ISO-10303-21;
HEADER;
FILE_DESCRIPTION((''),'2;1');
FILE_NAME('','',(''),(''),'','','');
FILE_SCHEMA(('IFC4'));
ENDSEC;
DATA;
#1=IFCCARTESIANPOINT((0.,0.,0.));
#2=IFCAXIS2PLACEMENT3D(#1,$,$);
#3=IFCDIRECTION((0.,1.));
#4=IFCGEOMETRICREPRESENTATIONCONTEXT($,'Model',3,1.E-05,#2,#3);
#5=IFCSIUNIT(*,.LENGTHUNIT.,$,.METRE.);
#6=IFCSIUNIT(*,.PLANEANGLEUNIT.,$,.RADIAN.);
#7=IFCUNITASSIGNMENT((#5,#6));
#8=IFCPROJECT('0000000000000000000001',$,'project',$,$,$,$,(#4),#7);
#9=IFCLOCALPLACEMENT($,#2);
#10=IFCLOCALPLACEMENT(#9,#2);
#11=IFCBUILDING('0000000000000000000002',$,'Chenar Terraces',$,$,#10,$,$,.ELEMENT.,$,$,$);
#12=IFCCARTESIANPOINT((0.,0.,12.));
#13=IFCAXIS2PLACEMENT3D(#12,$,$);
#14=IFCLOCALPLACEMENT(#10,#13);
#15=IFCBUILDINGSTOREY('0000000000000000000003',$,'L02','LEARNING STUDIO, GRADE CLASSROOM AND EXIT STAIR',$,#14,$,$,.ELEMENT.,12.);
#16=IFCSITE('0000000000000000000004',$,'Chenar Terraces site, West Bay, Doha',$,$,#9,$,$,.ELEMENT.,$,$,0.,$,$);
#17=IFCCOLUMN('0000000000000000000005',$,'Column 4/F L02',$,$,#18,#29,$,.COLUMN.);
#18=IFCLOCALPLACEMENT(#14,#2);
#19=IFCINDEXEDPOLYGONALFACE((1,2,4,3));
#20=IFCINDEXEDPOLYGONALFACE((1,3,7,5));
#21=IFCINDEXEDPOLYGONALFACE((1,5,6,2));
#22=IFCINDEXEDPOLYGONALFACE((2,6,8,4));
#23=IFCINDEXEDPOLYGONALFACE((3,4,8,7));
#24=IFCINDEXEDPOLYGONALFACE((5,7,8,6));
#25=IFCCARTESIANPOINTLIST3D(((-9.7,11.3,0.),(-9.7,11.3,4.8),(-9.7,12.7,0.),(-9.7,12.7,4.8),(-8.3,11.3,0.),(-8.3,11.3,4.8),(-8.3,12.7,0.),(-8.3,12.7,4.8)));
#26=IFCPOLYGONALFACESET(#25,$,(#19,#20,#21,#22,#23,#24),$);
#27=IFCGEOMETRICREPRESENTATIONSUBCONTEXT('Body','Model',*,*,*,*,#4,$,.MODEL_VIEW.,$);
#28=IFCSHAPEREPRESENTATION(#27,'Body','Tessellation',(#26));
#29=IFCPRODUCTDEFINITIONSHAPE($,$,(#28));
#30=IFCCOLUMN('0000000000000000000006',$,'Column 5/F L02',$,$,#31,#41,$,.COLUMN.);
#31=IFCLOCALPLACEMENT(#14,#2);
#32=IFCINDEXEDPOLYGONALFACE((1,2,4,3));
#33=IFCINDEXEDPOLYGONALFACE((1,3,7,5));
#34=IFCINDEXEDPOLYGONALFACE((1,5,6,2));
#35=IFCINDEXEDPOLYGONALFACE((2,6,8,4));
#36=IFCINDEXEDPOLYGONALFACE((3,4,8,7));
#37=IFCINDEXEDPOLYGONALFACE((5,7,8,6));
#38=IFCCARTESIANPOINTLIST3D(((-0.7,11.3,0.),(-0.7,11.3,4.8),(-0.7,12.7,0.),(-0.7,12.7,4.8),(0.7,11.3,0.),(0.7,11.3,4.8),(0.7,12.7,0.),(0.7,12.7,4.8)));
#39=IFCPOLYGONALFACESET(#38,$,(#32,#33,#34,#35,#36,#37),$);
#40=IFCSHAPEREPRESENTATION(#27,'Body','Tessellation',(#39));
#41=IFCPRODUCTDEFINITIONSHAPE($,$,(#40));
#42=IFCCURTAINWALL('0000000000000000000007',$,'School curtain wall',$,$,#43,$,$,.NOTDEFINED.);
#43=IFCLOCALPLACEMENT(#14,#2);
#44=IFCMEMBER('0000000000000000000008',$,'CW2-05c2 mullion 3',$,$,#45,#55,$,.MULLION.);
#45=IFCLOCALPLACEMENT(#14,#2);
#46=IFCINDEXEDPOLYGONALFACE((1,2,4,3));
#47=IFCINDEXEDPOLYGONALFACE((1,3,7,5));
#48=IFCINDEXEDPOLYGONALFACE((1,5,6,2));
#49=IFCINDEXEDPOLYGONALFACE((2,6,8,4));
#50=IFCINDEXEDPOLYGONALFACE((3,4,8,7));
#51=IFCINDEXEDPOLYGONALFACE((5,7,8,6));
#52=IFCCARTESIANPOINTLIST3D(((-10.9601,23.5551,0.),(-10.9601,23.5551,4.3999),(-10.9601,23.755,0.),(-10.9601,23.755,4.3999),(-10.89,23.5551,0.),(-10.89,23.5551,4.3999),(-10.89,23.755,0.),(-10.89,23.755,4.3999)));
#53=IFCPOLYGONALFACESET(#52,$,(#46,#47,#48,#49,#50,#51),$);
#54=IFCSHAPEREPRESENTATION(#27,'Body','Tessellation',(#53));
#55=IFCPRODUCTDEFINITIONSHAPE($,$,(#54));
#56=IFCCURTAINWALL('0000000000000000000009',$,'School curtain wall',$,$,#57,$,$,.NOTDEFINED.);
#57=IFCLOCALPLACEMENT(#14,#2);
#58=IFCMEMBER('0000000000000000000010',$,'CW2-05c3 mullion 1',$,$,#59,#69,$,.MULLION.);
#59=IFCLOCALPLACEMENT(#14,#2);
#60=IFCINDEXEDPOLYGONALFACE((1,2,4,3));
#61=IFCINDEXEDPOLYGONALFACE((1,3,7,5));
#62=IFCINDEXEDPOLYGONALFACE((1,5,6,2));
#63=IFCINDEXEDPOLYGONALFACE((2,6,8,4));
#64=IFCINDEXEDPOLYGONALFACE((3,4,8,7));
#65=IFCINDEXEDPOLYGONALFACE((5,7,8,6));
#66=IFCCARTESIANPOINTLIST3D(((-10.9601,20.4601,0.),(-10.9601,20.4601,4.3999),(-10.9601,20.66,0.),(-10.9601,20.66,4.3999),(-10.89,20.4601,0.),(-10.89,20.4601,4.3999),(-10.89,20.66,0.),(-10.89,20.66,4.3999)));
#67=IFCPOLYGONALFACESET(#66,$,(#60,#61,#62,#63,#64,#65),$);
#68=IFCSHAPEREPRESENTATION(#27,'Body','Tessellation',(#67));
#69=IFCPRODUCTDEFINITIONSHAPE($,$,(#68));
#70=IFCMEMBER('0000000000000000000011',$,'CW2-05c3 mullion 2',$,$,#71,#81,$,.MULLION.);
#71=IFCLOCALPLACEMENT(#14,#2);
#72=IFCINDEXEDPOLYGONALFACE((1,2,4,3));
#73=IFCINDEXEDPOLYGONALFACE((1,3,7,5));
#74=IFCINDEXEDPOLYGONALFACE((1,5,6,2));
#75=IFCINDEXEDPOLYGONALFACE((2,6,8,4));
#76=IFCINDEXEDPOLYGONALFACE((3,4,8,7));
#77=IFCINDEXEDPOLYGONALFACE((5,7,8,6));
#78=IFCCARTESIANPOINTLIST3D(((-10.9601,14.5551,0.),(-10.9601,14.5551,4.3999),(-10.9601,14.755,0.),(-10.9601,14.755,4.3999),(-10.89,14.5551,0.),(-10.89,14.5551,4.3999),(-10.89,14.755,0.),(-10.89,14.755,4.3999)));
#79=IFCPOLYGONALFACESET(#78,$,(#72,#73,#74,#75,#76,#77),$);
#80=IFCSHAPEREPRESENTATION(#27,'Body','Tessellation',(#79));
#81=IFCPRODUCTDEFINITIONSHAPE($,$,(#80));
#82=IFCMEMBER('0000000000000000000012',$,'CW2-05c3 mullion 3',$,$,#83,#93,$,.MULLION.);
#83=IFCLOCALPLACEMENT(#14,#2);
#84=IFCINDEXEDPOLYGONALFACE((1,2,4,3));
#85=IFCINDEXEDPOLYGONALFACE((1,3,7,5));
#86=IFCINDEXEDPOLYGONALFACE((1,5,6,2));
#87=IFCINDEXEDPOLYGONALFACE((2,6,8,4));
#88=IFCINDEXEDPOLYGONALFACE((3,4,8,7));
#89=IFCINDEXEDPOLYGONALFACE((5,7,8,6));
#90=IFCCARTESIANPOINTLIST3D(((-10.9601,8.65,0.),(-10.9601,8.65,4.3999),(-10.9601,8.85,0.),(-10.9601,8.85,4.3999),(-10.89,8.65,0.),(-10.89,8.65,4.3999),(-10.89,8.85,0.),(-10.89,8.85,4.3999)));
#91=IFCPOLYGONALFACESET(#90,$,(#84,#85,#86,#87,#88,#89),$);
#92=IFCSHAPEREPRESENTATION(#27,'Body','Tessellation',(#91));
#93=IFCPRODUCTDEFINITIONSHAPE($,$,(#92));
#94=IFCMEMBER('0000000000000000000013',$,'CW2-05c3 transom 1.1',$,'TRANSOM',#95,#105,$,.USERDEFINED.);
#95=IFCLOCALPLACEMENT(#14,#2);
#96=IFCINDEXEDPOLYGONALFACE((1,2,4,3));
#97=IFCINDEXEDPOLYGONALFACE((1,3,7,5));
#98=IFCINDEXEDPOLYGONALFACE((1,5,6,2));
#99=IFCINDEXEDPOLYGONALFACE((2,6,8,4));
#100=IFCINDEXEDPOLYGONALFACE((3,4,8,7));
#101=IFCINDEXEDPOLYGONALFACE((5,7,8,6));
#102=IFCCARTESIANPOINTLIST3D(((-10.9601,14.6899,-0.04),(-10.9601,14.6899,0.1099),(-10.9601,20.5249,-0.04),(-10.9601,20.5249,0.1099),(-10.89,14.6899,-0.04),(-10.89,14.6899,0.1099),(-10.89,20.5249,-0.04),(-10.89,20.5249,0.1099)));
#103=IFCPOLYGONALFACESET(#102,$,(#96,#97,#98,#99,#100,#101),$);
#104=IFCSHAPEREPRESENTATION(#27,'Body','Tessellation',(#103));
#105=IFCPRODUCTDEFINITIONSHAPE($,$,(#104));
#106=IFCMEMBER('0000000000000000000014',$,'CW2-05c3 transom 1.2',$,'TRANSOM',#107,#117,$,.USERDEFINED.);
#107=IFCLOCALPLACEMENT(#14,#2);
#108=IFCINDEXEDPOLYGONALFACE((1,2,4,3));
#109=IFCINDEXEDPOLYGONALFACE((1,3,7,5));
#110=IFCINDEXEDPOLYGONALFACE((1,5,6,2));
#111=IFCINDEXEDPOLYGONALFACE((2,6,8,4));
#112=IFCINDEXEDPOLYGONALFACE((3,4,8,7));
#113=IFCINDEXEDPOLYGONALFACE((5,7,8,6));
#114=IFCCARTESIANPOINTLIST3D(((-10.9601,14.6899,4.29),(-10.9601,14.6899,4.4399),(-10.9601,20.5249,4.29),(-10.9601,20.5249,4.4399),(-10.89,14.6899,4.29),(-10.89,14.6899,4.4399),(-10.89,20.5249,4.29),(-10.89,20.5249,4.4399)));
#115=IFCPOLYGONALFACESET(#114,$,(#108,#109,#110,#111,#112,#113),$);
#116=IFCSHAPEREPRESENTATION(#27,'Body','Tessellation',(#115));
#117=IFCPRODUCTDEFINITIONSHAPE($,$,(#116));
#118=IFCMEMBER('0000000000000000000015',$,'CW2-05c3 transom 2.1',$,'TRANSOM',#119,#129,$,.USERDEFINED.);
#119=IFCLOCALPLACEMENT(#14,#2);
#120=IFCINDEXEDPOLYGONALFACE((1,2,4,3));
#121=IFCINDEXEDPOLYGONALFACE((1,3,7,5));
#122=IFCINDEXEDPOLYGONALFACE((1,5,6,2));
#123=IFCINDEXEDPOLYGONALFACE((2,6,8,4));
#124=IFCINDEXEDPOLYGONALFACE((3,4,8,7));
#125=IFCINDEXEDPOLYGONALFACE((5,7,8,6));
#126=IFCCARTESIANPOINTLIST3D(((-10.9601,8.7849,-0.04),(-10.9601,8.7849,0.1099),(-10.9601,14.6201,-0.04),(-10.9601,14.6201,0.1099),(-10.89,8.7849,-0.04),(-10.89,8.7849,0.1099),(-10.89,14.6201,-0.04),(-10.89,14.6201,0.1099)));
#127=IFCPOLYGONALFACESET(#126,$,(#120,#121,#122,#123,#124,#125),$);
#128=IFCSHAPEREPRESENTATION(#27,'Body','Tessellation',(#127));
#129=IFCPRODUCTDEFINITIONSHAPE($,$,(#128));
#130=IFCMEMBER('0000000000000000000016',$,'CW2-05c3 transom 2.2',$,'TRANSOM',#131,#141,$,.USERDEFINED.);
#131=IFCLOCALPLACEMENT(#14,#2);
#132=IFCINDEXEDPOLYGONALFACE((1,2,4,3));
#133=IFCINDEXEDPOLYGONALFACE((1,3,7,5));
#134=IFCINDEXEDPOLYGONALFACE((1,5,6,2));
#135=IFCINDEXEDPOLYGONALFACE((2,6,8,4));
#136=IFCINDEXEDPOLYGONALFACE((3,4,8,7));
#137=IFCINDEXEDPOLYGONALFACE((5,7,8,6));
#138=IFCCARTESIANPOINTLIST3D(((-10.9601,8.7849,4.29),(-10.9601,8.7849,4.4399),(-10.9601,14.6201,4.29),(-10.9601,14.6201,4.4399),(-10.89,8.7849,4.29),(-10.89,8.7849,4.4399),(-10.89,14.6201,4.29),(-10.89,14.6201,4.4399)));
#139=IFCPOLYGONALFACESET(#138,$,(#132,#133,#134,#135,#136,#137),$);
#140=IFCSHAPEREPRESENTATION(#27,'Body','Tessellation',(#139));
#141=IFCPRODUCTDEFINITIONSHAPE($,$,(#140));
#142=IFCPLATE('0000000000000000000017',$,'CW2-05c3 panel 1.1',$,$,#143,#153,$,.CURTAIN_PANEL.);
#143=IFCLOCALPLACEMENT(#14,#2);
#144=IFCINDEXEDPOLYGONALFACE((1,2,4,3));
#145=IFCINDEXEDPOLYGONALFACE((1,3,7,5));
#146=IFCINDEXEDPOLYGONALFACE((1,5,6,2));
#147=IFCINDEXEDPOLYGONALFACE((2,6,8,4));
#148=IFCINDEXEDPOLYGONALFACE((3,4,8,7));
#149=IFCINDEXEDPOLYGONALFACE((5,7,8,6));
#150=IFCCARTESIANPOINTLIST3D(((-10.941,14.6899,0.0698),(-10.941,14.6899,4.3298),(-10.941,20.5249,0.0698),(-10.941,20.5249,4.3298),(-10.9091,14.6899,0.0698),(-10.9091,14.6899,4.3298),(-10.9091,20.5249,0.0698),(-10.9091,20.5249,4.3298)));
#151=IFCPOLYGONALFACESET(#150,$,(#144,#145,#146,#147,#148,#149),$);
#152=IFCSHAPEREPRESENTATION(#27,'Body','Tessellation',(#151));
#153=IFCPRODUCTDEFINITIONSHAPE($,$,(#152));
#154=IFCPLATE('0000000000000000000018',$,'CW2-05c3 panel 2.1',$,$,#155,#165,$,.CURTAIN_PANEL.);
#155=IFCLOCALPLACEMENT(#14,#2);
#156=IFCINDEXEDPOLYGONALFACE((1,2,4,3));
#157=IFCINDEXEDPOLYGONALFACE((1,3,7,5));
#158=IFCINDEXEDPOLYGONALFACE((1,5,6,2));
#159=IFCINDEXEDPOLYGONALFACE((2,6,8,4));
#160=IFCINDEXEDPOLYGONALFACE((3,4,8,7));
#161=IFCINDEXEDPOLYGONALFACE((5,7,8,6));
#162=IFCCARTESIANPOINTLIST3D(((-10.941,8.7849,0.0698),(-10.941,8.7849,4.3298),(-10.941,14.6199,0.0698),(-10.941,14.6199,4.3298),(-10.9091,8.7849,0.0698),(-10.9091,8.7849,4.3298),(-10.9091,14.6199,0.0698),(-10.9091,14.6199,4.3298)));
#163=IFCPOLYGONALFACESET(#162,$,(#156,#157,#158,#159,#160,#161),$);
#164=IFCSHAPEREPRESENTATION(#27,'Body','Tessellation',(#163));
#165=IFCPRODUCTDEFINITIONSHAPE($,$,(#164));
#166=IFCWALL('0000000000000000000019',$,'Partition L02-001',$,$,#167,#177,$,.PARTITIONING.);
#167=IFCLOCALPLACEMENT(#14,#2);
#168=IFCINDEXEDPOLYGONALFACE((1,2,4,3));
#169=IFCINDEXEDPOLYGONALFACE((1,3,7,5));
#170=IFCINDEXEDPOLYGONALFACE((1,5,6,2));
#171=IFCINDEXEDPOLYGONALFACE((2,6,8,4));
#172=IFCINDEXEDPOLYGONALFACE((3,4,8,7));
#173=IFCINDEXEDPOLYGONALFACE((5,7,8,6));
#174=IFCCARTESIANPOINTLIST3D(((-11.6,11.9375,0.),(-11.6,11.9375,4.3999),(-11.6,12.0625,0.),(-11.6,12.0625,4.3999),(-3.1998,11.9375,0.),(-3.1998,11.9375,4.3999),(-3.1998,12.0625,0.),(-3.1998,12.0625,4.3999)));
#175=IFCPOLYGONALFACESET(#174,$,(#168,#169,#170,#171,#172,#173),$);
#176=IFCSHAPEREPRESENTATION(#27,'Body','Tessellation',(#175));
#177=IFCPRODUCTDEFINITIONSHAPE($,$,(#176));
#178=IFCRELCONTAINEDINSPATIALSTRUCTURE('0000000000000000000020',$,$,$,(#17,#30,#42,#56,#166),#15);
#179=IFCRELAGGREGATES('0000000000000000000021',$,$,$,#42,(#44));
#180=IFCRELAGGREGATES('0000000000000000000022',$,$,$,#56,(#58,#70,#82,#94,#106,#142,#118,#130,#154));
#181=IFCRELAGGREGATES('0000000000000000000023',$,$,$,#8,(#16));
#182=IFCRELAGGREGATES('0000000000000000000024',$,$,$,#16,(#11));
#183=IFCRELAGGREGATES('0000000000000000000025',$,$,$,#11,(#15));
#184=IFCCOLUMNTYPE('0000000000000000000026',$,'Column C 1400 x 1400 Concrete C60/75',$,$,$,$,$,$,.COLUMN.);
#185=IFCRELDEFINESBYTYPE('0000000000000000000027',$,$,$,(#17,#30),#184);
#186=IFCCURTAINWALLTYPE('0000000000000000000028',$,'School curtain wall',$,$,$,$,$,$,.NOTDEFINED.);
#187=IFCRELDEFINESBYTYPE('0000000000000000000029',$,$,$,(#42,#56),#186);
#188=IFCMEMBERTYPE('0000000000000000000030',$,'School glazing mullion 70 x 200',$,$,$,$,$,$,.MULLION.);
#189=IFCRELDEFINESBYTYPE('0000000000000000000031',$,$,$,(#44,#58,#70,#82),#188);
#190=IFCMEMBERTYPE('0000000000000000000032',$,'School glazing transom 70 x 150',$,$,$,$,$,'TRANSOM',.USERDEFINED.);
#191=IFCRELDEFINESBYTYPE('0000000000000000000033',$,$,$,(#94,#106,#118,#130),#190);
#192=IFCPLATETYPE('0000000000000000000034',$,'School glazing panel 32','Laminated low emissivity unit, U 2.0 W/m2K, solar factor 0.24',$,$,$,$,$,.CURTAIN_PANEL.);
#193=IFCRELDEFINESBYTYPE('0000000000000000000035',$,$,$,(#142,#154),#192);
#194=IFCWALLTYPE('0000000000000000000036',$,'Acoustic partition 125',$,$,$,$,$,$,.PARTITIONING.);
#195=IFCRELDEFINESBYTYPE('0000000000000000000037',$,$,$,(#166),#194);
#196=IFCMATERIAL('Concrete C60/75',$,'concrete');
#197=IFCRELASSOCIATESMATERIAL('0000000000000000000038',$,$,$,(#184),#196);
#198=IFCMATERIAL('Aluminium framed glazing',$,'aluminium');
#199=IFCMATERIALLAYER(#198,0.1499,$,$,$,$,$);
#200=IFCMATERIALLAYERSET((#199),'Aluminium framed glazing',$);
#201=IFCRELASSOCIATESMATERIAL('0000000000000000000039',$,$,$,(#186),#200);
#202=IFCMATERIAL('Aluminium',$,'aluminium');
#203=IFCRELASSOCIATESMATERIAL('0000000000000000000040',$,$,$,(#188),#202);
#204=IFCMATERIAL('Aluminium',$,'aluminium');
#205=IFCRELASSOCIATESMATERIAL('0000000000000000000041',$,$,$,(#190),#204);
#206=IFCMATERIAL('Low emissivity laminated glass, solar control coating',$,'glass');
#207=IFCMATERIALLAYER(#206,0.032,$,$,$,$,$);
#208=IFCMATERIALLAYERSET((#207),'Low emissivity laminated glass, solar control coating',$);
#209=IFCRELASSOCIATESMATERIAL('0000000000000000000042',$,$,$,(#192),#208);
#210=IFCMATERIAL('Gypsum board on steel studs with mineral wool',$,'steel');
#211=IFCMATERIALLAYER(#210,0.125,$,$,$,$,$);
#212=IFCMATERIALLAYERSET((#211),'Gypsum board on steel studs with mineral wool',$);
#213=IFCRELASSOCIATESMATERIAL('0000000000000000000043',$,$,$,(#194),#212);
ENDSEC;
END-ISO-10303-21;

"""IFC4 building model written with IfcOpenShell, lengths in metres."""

from ifc_helpers import new_model, si_unit, direction, frame, frame_2d, origin, origin_2d, place, context, subcontext, project, spatial, rectangle, extrude, material, layer, layer_set, material_profile, profile_set, type_object, element, aggregate, save


model = new_model("IFC4")

# Units and contexts
model_context = context("Model", 3, precision=1e-05, world=origin(), true_north=direction((0.0, 1.0)))
body_context = subcontext(model_context, "Body", "Model", "MODEL_VIEW")
ifc_project = project(units=[si_unit("LENGTHUNIT", "METRE"), si_unit("PLANEANGLEUNIT", "RADIAN")], contexts=[model_context])

# Site, building, storey
site_placement = place(None, origin())
site = spatial("IfcSite", under=ifc_project, at=site_placement, Name="Chenar Terraces site, West Bay, Doha", CompositionType="ELEMENT", RefElevation=0.0)
building_placement = place(site_placement, origin())
building = spatial("IfcBuilding", under=site, at=building_placement, Name="Chenar Terraces", CompositionType="ELEMENT")
storey_placement = place(building_placement, frame((0.0, 0.0, 12.0)))
storey = spatial("IfcBuildingStorey", under=building, at=storey_placement, Name="L02", Description="LEARNING STUDIO, GRADE CLASSROOM AND EXIT STAIR", CompositionType="ELEMENT", Elevation=12.0)

# Columns
ifc_material_1 = material(Name="Concrete C60/75", Category="concrete")
ifc_material_profile_1 = material_profile(ifc_material_1, rectangle(XDim=1.3999, YDim=1.3999, at=origin_2d()), Name="C 1400 x 1400")
ifc_profile_set_1 = profile_set([ifc_material_profile_1], Name="Concrete C60/75")
column_type = type_object("IfcColumnType", Name="Column C 1400 x 1400 Concrete C60/75", PredefinedType="COLUMN", material=ifc_profile_set_1)
for number, where, z_axis, x_axis, name in (
    (1, (-9.0, 12.0, 0.0), (0.0, 0.0, 1.0), (1.0, 0.0, 0.0), "Column 4/F L02"),
    (2, (0.0, 12.0, 0.0), (0.0, 0.0, 1.0), (1.0, 0.0, 0.0), "Column 5/F L02"),
):
    element("IfcColumn", number, at=place(storey_placement, frame(where, z_axis=z_axis, x_axis=x_axis)), inside=storey, type_object=column_type, Name=name, PredefinedType="COLUMN", context=body_context, shape_type="SweptSolid", body=[
        extrude(rectangle(XDim=1.3999, YDim=1.3999, at=origin_2d()), origin(), (0.0, 0.0, 1.0), 4.8),
    ])

# Curtain wall, member
ifc_material_2 = material(Name="Aluminium framed glazing", Category="aluminium")
ifc_layer_1 = layer(ifc_material_2, 0.1499)
ifc_layer_set_1 = layer_set([ifc_layer_1], Name="Aluminium framed glazing")
curtain_wall_type = type_object("IfcCurtainWallType", Name="School curtain wall", PredefinedType="NOTDEFINED", material=ifc_layer_set_1)
placement = place(storey_placement, origin())
curtain_wall_1 = element("IfcCurtainWall", 3, at=placement, inside=storey, type_object=curtain_wall_type, Name="School curtain wall", PredefinedType="NOTDEFINED")
ifc_material_3 = material(Name="Aluminium", Category="aluminium")
ifc_material_profile_2 = material_profile(ifc_material_3, rectangle(XDim=0.0701, YDim=0.2, at=origin_2d()), Name="School glazing mullion 70 x 200")
ifc_profile_set_2 = profile_set([ifc_material_profile_2], Name="Aluminium")
member_type_1 = type_object("IfcMemberType", Name="School glazing mullion 70 x 200", PredefinedType="MULLION", material=ifc_profile_set_2)
member_1_placement = place(storey_placement, frame((-10.925, 23.655, 0.0), z_axis=(0.0, 0.0, 1.0), x_axis=(1.0, 0.0, 0.0)))
member_1 = element("IfcMember", 4, at=member_1_placement, type_object=member_type_1, Name="CW2-05c2 mullion 3", PredefinedType="MULLION", context=body_context, shape_type="SweptSolid", body=[
    extrude(rectangle(XDim=0.0701, YDim=0.2, at=origin_2d()), origin(), (0.0, 0.0, 1.0), 4.3999),
])
aggregate(curtain_wall_1, [member_1])

# Curtain wall, members, plates
curtain_wall_2 = element("IfcCurtainWall", 5, at=placement, inside=storey, type_object=curtain_wall_type, Name="School curtain wall", PredefinedType="NOTDEFINED")
member_2_placement = place(storey_placement, frame((-10.925, 20.5601, 0.0), z_axis=(0.0, 0.0, 1.0), x_axis=(1.0, 0.0, 0.0)))
member_2 = element("IfcMember", 6, at=member_2_placement, type_object=member_type_1, Name="CW2-05c3 mullion 1", PredefinedType="MULLION", context=body_context, shape_type="SweptSolid", body=[
    extrude(rectangle(XDim=0.0701, YDim=0.2, at=origin_2d()), origin(), (0.0, 0.0, 1.0), 4.3999),
])
member_3_placement = place(storey_placement, frame((-10.925, 14.655, 0.0), z_axis=(0.0, 0.0, 1.0), x_axis=(1.0, 0.0, 0.0)))
member_3 = element("IfcMember", 7, at=member_3_placement, type_object=member_type_1, Name="CW2-05c3 mullion 2", PredefinedType="MULLION", context=body_context, shape_type="SweptSolid", body=[
    extrude(rectangle(XDim=0.0701, YDim=0.2, at=origin_2d()), origin(), (0.0, 0.0, 1.0), 4.3999),
])
member_4_placement = place(storey_placement, frame((-10.925, 8.75, 0.0), z_axis=(0.0, 0.0, 1.0), x_axis=(1.0, 0.0, 0.0)))
member_4 = element("IfcMember", 8, at=member_4_placement, type_object=member_type_1, Name="CW2-05c3 mullion 3", PredefinedType="MULLION", context=body_context, shape_type="SweptSolid", body=[
    extrude(rectangle(XDim=0.0701, YDim=0.2, at=origin_2d()), origin(), (0.0, 0.0, 1.0), 4.3999),
])
ifc_material_4 = material(Name="Aluminium", Category="aluminium")
ifc_material_profile_3 = material_profile(ifc_material_4, rectangle(XDim=0.0701, YDim=0.1499, at=origin_2d()), Name="School glazing transom 70 x 150")
ifc_profile_set_3 = profile_set([ifc_material_profile_3], Name="Aluminium")
member_type_2 = type_object("IfcMemberType", Name="School glazing transom 70 x 150", ElementType="TRANSOM", PredefinedType="USERDEFINED", material=ifc_profile_set_3)
member_5_placement = place(storey_placement, frame((-10.925, 20.5249, 0.0349), z_axis=(0.0, -1.0, 0.0), x_axis=(1.0, 0.0, 0.0)))
member_5 = element("IfcMember", 9, at=member_5_placement, type_object=member_type_2, Name="CW2-05c3 transom 1.1", ObjectType="TRANSOM", PredefinedType="USERDEFINED", context=body_context, shape_type="SweptSolid", body=[
    extrude(rectangle(XDim=0.0701, YDim=0.1499, at=origin_2d()), origin(), (0.0, 0.0, 1.0), 5.835),
])
member_6_placement = place(storey_placement, frame((-10.925, 20.5249, 4.365), z_axis=(0.0, -1.0, 0.0), x_axis=(1.0, 0.0, 0.0)))
member_6 = element("IfcMember", 10, at=member_6_placement, type_object=member_type_2, Name="CW2-05c3 transom 1.2", ObjectType="TRANSOM", PredefinedType="USERDEFINED", context=body_context, shape_type="SweptSolid", body=[
    extrude(rectangle(XDim=0.0701, YDim=0.1499, at=origin_2d()), origin(), (0.0, 0.0, 1.0), 5.835),
])
member_7_placement = place(storey_placement, frame((-10.925, 14.6201, 0.0349), z_axis=(0.0, -1.0, 0.0), x_axis=(1.0, 0.0, 0.0)))
member_7 = element("IfcMember", 11, at=member_7_placement, type_object=member_type_2, Name="CW2-05c3 transom 2.1", ObjectType="TRANSOM", PredefinedType="USERDEFINED", context=body_context, shape_type="SweptSolid", body=[
    extrude(rectangle(XDim=0.0701, YDim=0.1499, at=origin_2d()), origin(), (0.0, 0.0, 1.0), 5.8352),
])
member_8_placement = place(storey_placement, frame((-10.925, 14.6201, 4.365), z_axis=(0.0, -1.0, 0.0), x_axis=(1.0, 0.0, 0.0)))
member_8 = element("IfcMember", 12, at=member_8_placement, type_object=member_type_2, Name="CW2-05c3 transom 2.2", ObjectType="TRANSOM", PredefinedType="USERDEFINED", context=body_context, shape_type="SweptSolid", body=[
    extrude(rectangle(XDim=0.0701, YDim=0.1499, at=origin_2d()), origin(), (0.0, 0.0, 1.0), 5.8352),
])
ifc_material_5 = material(Name="Low emissivity laminated glass, solar control coating", Category="glass")
ifc_layer_2 = layer(ifc_material_5, 0.032)
ifc_layer_set_2 = layer_set([ifc_layer_2], Name="Low emissivity laminated glass, solar control coating")
plate_type = type_object("IfcPlateType", Name="School glazing panel 32", Description="Laminated low emissivity unit, U 2.0 W/m2K, solar factor 0.24", PredefinedType="CURTAIN_PANEL", material=ifc_layer_set_2)
plate_1_placement = place(storey_placement, frame((-10.925, 17.6074, 0.0698), z_axis=(0.0, 0.0, 1.0), x_axis=(0.0, -1.0, 0.0)))
plate_1 = element("IfcPlate", 13, at=plate_1_placement, type_object=plate_type, Name="CW2-05c3 panel 1.1", PredefinedType="CURTAIN_PANEL", context=body_context, shape_type="SweptSolid", body=[
    extrude(rectangle(XDim=5.835, YDim=0.032, at=origin_2d()), origin(), (0.0, 0.0, 1.0), 4.26),
])
plate_2_placement = place(storey_placement, frame((-10.925, 11.7024, 0.0698), z_axis=(0.0, 0.0, 1.0), x_axis=(0.0, -1.0, 0.0)))
plate_2 = element("IfcPlate", 14, at=plate_2_placement, type_object=plate_type, Name="CW2-05c3 panel 2.1", PredefinedType="CURTAIN_PANEL", context=body_context, shape_type="SweptSolid", body=[
    extrude(rectangle(XDim=5.835, YDim=0.032, at=origin_2d()), origin(), (0.0, 0.0, 1.0), 4.26),
])
aggregate(curtain_wall_2, [member_2, member_3, member_4, member_5, member_6, plate_1, member_7, member_8, plate_2])

# Wall
ifc_material_6 = material(Name="Gypsum board on steel studs with mineral wool", Category="steel")
ifc_layer_3 = layer(ifc_material_6, 0.125)
ifc_layer_set_3 = layer_set([ifc_layer_3], Name="Gypsum board on steel studs with mineral wool")
wall_type_1 = type_object("IfcWallType", Name="Acoustic partition 125", PredefinedType="PARTITIONING", material=ifc_layer_set_3)
wall_1_placement = place(storey_placement, frame((-11.6001, 12.0, 0.0), z_axis=(0.0, 0.0, 1.0), x_axis=(1.0, 0.0, 0.0)))
element("IfcWall", 15, at=wall_1_placement, inside=storey, type_object=wall_type_1, Name="Partition L02-001", PredefinedType="PARTITIONING", context=body_context, shape_type="SweptSolid", body=[
    extrude(rectangle(XDim=8.4001, YDim=0.125, at=frame_2d((4.2002, 0.0))), origin(), (0.0, 0.0, 1.0), 4.3999),
])

save(model, "model.ifc")
